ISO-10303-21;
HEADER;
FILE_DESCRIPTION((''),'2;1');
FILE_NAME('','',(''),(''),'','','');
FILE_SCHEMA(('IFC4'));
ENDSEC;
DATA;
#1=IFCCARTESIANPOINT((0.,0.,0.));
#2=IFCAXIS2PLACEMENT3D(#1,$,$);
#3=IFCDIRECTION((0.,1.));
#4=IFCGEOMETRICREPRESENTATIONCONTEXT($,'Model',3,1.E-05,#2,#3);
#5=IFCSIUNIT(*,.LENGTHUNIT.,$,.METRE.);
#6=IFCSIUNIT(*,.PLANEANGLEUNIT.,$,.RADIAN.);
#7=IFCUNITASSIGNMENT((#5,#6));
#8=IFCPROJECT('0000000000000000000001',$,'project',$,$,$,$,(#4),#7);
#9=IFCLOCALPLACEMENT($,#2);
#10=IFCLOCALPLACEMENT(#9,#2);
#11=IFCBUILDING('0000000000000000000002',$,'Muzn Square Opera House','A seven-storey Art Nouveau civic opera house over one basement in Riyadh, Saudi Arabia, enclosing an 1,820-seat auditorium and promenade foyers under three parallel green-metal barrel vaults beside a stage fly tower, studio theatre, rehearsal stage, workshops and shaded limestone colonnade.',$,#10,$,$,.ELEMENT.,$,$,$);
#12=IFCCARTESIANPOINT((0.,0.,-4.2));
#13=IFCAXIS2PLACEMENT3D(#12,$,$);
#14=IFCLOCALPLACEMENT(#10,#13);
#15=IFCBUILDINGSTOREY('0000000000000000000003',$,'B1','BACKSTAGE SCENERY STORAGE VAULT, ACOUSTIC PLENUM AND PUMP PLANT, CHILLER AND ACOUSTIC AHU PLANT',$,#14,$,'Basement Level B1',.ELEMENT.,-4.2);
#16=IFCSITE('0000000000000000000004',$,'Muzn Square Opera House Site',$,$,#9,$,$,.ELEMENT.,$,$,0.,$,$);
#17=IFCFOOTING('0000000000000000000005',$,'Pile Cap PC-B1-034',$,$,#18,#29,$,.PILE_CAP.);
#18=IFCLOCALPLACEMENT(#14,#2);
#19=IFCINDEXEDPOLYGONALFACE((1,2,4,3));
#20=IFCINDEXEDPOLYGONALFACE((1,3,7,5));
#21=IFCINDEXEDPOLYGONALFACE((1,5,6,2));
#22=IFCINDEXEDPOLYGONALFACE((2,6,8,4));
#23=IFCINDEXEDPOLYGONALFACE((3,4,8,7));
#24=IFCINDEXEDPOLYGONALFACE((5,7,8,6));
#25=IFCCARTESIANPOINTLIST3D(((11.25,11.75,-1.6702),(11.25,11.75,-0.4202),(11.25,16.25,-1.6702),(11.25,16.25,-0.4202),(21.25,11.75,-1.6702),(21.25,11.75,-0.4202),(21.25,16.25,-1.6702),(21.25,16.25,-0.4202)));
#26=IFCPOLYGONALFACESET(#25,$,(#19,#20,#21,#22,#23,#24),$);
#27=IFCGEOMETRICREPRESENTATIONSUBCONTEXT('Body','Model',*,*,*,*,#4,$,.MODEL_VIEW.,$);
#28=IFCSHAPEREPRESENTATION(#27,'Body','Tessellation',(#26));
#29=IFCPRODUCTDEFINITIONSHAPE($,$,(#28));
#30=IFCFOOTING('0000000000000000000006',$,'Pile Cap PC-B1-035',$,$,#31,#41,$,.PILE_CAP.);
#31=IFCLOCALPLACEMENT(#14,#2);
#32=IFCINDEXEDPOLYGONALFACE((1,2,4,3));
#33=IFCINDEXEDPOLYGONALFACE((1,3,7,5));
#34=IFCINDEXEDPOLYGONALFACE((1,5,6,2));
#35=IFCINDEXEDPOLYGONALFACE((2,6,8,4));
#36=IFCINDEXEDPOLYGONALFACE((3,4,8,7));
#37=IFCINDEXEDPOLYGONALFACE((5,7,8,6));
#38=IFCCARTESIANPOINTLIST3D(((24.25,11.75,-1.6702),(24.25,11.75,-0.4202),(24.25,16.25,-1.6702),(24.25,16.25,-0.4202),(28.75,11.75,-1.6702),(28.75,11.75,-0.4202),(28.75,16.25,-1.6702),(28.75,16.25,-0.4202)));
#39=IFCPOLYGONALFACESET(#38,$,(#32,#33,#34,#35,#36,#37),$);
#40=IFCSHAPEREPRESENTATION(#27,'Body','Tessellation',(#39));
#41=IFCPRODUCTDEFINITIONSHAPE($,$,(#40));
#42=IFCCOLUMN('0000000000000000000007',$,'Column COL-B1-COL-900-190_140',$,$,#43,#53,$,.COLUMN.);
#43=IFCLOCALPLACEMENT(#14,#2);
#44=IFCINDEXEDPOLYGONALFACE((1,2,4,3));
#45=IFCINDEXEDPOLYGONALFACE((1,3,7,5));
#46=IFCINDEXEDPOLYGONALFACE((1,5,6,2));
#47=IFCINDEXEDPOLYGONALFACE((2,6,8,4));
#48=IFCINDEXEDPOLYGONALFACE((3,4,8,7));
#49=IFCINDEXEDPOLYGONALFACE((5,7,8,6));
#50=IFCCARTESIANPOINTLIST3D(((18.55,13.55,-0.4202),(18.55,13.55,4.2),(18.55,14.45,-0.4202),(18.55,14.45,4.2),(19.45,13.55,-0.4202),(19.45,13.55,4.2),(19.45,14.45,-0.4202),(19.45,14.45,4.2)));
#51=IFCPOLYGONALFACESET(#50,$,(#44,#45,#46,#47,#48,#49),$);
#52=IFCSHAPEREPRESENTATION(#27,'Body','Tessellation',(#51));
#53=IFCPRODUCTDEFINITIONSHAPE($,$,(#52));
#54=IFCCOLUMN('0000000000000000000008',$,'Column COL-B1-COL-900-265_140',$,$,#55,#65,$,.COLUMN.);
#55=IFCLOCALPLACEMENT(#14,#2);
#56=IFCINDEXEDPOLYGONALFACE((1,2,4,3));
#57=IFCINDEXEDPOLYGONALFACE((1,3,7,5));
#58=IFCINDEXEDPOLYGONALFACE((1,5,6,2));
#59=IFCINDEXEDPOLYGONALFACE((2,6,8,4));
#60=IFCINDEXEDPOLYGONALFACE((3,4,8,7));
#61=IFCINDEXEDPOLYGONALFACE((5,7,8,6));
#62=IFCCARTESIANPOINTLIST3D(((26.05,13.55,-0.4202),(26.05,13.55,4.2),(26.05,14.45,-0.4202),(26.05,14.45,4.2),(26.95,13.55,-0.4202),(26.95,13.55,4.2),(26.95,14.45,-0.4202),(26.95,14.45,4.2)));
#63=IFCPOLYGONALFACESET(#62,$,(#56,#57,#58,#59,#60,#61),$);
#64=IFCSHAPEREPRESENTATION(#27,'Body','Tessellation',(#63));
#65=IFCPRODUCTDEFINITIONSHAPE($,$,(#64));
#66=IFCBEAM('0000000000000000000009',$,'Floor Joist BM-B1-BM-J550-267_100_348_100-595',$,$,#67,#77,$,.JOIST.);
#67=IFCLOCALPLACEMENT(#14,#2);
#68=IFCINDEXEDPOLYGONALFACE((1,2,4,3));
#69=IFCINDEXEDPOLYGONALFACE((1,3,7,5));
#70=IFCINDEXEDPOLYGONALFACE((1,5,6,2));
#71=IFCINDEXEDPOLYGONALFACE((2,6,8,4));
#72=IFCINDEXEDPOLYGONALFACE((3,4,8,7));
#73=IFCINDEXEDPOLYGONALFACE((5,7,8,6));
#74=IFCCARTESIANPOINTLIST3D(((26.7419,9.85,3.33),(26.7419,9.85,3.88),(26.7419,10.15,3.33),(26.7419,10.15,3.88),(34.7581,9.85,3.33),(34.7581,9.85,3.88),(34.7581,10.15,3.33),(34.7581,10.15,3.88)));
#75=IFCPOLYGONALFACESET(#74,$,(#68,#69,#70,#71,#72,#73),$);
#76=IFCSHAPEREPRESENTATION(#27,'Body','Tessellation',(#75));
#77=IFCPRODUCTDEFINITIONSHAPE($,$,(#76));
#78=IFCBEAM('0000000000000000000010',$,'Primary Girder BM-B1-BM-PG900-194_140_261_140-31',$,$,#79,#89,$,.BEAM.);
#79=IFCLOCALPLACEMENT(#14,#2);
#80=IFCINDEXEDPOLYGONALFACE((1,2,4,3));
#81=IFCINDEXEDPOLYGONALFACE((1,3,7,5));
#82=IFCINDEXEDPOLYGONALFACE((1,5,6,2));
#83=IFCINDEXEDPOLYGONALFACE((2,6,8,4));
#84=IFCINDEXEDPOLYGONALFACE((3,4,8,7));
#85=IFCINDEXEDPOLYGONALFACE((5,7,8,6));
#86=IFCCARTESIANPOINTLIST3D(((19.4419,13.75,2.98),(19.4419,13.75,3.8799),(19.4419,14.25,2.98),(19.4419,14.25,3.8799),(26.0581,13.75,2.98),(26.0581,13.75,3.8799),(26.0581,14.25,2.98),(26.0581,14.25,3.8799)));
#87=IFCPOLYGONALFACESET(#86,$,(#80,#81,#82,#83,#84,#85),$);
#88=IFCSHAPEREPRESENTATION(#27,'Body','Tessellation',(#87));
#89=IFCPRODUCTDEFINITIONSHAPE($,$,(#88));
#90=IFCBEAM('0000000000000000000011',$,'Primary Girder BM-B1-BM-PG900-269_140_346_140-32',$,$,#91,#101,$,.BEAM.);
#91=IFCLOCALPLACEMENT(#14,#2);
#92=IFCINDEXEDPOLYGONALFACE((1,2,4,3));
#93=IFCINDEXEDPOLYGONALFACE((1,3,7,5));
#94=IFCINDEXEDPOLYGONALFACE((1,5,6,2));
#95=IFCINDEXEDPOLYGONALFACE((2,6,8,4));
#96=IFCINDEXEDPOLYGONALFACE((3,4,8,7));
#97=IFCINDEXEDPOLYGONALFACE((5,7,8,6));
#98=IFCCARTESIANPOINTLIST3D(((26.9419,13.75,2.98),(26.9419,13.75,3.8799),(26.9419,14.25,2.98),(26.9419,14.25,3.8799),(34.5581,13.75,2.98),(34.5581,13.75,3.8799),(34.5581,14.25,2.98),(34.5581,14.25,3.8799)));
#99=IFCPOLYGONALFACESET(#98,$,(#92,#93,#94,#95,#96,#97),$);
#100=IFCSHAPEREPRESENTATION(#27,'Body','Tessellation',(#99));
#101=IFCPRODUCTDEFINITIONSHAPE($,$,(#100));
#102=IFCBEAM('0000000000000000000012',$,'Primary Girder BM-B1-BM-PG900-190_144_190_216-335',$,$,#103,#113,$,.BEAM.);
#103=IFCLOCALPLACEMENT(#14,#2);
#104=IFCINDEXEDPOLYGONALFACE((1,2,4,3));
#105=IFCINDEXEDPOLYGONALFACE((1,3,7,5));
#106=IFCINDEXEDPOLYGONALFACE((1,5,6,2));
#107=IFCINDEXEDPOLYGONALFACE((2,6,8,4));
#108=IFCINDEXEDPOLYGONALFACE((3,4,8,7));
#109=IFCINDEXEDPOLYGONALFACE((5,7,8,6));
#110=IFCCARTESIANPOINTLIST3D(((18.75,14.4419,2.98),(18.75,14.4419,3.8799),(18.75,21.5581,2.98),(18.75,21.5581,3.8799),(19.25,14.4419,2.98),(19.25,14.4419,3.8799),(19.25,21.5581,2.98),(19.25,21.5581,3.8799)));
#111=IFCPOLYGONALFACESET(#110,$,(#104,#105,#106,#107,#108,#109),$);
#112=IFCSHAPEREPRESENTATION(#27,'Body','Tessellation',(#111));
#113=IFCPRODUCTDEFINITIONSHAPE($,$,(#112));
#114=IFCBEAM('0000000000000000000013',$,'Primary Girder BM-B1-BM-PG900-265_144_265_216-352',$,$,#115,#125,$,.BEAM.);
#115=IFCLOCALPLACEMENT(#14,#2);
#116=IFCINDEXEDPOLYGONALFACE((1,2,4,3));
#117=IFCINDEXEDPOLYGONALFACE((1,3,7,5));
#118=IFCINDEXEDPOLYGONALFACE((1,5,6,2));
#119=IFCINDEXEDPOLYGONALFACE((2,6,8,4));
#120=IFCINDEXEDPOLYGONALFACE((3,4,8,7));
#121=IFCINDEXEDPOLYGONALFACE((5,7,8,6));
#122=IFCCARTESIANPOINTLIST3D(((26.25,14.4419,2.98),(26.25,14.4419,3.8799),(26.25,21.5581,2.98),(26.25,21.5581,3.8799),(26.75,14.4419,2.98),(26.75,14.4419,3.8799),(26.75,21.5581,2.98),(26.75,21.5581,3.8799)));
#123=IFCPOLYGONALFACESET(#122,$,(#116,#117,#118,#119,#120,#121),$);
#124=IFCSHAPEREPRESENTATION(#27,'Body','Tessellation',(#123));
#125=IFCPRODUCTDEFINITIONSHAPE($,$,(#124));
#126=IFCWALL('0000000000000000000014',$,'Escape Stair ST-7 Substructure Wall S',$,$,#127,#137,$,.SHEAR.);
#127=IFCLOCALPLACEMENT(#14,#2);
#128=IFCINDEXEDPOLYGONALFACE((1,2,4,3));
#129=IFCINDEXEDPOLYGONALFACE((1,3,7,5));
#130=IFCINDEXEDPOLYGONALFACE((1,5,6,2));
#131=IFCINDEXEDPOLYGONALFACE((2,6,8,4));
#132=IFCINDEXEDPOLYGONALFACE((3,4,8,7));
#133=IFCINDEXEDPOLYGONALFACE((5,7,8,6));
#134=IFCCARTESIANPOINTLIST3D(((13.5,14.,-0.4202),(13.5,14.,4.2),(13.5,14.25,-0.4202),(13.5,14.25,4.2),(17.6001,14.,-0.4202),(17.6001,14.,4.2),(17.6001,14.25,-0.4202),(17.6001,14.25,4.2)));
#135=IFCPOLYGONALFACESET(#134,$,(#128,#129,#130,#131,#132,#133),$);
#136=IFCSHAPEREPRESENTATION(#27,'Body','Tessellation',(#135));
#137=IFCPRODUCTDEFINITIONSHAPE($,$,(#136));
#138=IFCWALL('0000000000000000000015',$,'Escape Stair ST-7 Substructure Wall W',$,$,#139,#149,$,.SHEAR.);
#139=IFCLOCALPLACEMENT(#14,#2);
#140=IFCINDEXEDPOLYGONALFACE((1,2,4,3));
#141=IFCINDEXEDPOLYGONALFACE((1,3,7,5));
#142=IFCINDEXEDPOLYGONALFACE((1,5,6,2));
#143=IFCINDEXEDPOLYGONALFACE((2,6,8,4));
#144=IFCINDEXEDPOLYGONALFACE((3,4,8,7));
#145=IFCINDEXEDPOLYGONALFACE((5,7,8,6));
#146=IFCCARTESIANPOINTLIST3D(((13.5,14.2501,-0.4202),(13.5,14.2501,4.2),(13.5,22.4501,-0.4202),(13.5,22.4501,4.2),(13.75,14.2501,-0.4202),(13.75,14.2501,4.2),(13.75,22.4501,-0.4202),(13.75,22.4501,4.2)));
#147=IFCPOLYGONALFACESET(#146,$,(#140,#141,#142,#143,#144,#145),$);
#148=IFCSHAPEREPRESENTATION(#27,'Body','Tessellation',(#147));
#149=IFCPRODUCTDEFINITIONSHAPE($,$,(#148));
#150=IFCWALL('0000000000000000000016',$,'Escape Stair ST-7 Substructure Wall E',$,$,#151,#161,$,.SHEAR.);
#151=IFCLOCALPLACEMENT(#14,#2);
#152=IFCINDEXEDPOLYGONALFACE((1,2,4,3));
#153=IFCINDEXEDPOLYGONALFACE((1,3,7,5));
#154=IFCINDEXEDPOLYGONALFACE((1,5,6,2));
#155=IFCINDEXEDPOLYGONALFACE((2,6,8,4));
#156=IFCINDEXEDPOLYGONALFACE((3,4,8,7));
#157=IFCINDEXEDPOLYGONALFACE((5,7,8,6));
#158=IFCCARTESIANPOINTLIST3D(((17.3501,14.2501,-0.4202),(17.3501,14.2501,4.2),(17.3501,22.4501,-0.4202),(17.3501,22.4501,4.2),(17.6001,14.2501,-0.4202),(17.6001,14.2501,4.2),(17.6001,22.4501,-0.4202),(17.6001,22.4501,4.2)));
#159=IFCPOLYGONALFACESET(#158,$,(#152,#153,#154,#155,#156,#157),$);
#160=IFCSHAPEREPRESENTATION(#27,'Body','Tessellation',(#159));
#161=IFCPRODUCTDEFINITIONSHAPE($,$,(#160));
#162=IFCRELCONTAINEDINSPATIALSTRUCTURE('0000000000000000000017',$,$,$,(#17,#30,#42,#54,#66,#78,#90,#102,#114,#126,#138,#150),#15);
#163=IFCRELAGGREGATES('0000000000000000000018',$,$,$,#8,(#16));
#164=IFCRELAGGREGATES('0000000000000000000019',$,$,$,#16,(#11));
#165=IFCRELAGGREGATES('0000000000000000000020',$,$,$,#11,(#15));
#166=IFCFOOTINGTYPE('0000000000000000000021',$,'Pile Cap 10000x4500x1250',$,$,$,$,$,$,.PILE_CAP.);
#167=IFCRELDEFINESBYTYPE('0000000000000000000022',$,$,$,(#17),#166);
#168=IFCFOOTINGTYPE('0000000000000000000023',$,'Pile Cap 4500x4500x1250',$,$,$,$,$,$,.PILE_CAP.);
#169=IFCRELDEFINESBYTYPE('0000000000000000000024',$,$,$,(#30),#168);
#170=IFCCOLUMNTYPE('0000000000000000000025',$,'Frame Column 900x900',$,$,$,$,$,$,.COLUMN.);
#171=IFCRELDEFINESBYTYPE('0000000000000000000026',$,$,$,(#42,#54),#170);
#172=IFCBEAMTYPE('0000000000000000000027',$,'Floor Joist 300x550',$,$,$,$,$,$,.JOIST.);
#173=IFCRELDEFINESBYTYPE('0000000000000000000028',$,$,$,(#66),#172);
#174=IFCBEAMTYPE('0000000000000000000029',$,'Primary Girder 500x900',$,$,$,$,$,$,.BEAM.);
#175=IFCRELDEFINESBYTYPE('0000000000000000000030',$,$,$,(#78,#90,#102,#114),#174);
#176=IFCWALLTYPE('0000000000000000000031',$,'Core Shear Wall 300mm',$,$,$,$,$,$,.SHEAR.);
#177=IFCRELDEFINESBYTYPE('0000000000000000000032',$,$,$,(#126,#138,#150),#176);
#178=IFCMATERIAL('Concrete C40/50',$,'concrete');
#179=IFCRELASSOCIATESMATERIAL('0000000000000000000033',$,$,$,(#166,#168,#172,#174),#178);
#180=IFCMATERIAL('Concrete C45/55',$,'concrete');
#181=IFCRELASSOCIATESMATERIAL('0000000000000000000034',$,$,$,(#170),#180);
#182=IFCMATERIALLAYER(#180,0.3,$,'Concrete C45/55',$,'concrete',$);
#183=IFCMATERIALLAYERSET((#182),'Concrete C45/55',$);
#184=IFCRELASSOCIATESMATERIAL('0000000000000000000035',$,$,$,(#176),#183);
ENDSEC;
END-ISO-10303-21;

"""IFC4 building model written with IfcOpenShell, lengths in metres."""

from ifc_helpers import new_model, si_unit, direction, frame, frame_2d, origin, origin_2d, place, context, subcontext, project, spatial, rectangle, extrude, material, layer, layer_set, material_profile, profile_set, type_object, element, save


model = new_model("IFC4")

# Units and contexts
model_context = context("Model", 3, precision=1e-05, world=origin(), true_north=direction((0.0, 1.0)))
body_context = subcontext(model_context, "Body", "Model", "MODEL_VIEW")
ifc_project = project(units=[si_unit("LENGTHUNIT", "METRE"), si_unit("PLANEANGLEUNIT", "RADIAN")], contexts=[model_context])

# Site, building, storey
site_placement = place(None, origin())
site = spatial("IfcSite", under=ifc_project, at=site_placement, Name="Muzn Square Opera House Site", CompositionType="ELEMENT", RefElevation=0.0)
building_placement = place(site_placement, origin())
building = spatial("IfcBuilding", under=site, at=building_placement, Name="Muzn Square Opera House", Description="A seven-storey Art Nouveau civic opera house over one basement in Riyadh, Saudi Arabia, enclosing an 1,820-seat auditorium and promenade foyers under three parallel green-metal barrel vaults beside a stage fly tower, studio theatre, rehearsal stage, workshops and shaded limestone colonnade.", CompositionType="ELEMENT")
storey_placement = place(building_placement, frame((0.0, 0.0, -4.2)))
storey = spatial("IfcBuildingStorey", under=building, at=storey_placement, Name="B1", Description="BACKSTAGE SCENERY STORAGE VAULT, ACOUSTIC PLENUM AND PUMP PLANT, CHILLER AND ACOUSTIC AHU PLANT", LongName="Basement Level B1", CompositionType="ELEMENT", Elevation=-4.2)

# Shared definitions
ifc_material_1 = material(Name="Concrete C40/50", Category="concrete")

# Footings
footing_type_1 = type_object("IfcFootingType", Name="Pile Cap 10000x4500x1250", PredefinedType="PILE_CAP", material=ifc_material_1)
footing_1_placement = place(storey_placement, frame((16.25, 14.0, -1.6702), z_axis=(0.0, 0.0, 1.0), x_axis=(1.0, 0.0, 0.0)))
element("IfcFooting", 1, at=footing_1_placement, inside=storey, type_object=footing_type_1, Name="Pile Cap PC-B1-034", PredefinedType="PILE_CAP", context=body_context, shape_type="SweptSolid", body=[
    extrude(rectangle(XDim=10.0, YDim=4.5, at=origin_2d()), origin(), (0.0, 0.0, 1.0), 1.25),
])
footing_type_2 = type_object("IfcFootingType", Name="Pile Cap 4500x4500x1250", PredefinedType="PILE_CAP", material=ifc_material_1)
footing_2_placement = place(storey_placement, frame((26.5, 14.0, -1.6702), z_axis=(0.0, 0.0, 1.0), x_axis=(1.0, 0.0, 0.0)))
element("IfcFooting", 2, at=footing_2_placement, inside=storey, type_object=footing_type_2, Name="Pile Cap PC-B1-035", PredefinedType="PILE_CAP", context=body_context, shape_type="SweptSolid", body=[
    extrude(rectangle(XDim=4.5, YDim=4.5, at=origin_2d()), origin(), (0.0, 0.0, 1.0), 1.25),
])

# Columns
ifc_material_2 = material(Name="Concrete C45/55", Category="concrete")
ifc_material_profile_1 = material_profile(ifc_material_2, rectangle(XDim=0.8999, YDim=0.8999, at=origin_2d()), Name="RC 900x900", Category="concrete")
ifc_profile_set_1 = profile_set([ifc_material_profile_1], Name="Concrete C45/55")
column_type = type_object("IfcColumnType", Name="Frame Column 900x900", PredefinedType="COLUMN", material=ifc_profile_set_1)
for number, where, z_axis, x_axis, name in (
    (3, (19.0, 14.0, -0.4202), (0.0, 0.0, 1.0), (1.0, 0.0, 0.0), "Column COL-B1-COL-900-190_140"),
    (4, (26.5, 14.0, -0.4202), (0.0, 0.0, 1.0), (1.0, 0.0, 0.0), "Column COL-B1-COL-900-265_140"),
):
    element("IfcColumn", number, at=place(storey_placement, frame(where, z_axis=z_axis, x_axis=x_axis)), inside=storey, type_object=column_type, Name=name, PredefinedType="COLUMN", context=body_context, shape_type="SweptSolid", body=[
        extrude(rectangle(XDim=0.8999, YDim=0.8999, at=origin_2d()), origin(), (0.0, 0.0, 1.0), 4.6201),
    ])

# Beams
ifc_material_profile_2 = material_profile(ifc_material_1, rectangle(XDim=0.3, YDim=0.55, at=origin_2d()), Name="RCJ 300x550", Category="concrete")
ifc_profile_set_2 = profile_set([ifc_material_profile_2], Name="Concrete C40/50")
beam_type_1 = type_object("IfcBeamType", Name="Floor Joist 300x550", PredefinedType="JOIST", material=ifc_profile_set_2)
beam_1_placement = place(storey_placement, frame((26.7419, 10.0, 3.605), z_axis=(1.0, 0.0, 0.0), x_axis=(0.0, 1.0, 0.0)))
element("IfcBeam", 5, at=beam_1_placement, inside=storey, type_object=beam_type_1, Name="Floor Joist BM-B1-BM-J550-267_100_348_100-595", PredefinedType="JOIST", context=body_context, shape_type="SweptSolid", body=[
    extrude(rectangle(XDim=0.3, YDim=0.55, at=origin_2d()), origin(), (0.0, 0.0, 1.0), 8.0161),
])
ifc_material_profile_3 = material_profile(ifc_material_1, rectangle(XDim=0.5, YDim=0.8999, at=origin_2d()), Name="RCB 500x900", Category="concrete")
ifc_profile_set_3 = profile_set([ifc_material_profile_3], Name="Concrete C40/50")
beam_type_2 = type_object("IfcBeamType", Name="Primary Girder 500x900", PredefinedType="BEAM", material=ifc_profile_set_3)
beam_2_placement = place(storey_placement, frame((19.4419, 14.0, 3.4299), z_axis=(1.0, 0.0, 0.0), x_axis=(0.0, 1.0, 0.0)))
element("IfcBeam", 6, at=beam_2_placement, inside=storey, type_object=beam_type_2, Name="Primary Girder BM-B1-BM-PG900-194_140_261_140-31", PredefinedType="BEAM", context=body_context, shape_type="SweptSolid", body=[
    extrude(rectangle(XDim=0.5, YDim=0.8999, at=origin_2d()), origin(), (0.0, 0.0, 1.0), 6.6162),
])
beam_3_placement = place(storey_placement, frame((26.9419, 14.0, 3.4299), z_axis=(1.0, 0.0, 0.0), x_axis=(0.0, 1.0, 0.0)))
element("IfcBeam", 7, at=beam_3_placement, inside=storey, type_object=beam_type_2, Name="Primary Girder BM-B1-BM-PG900-269_140_346_140-32", PredefinedType="BEAM", context=body_context, shape_type="SweptSolid", body=[
    extrude(rectangle(XDim=0.5, YDim=0.8999, at=origin_2d()), origin(), (0.0, 0.0, 1.0), 7.6162),
])
for number, where, z_axis, x_axis, name in (
    (8, (19.0, 14.4419, 3.4299), (0.0, 1.0, 0.0), (-1.0, 0.0, 0.0), "Primary Girder BM-B1-BM-PG900-190_144_190_216-335"),
    (9, (26.5, 14.4419, 3.4299), (0.0, 1.0, 0.0), (-1.0, 0.0, 0.0), "Primary Girder BM-B1-BM-PG900-265_144_265_216-352"),
):
    element("IfcBeam", number, at=place(storey_placement, frame(where, z_axis=z_axis, x_axis=x_axis)), inside=storey, type_object=beam_type_2, Name=name, PredefinedType="BEAM", context=body_context, shape_type="SweptSolid", body=[
        extrude(rectangle(XDim=0.5, YDim=0.8999, at=origin_2d()), origin(), (0.0, 0.0, 1.0), 7.1162),
    ])

# Walls
ifc_layer = layer(ifc_material_2, 0.3, Name="Concrete C45/55", Category="concrete")
ifc_layer_set = layer_set([ifc_layer], Name="Concrete C45/55")
wall_type = type_object("IfcWallType", Name="Core Shear Wall 300mm", PredefinedType="SHEAR", material=ifc_layer_set)
wall_placement = place(storey_placement, frame((13.5, 14.125, -0.4202), z_axis=(0.0, 0.0, 1.0), x_axis=(1.0, 0.0, 0.0)))
element("IfcWall", 10, at=wall_placement, inside=storey, type_object=wall_type, Name="Escape Stair ST-7 Substructure Wall S", PredefinedType="SHEAR", context=body_context, shape_type="SweptSolid", body=[
    extrude(rectangle(XDim=4.1001, YDim=0.25, at=frame_2d((2.05, 0.0))), origin(), (0.0, 0.0, 1.0), 4.6201),
])
for number, where, z_axis, x_axis, name in (
    (11, (13.625, 14.25, -0.4202), (0.0, 0.0, 1.0), (0.0, 1.0, 0.0), "Escape Stair ST-7 Substructure Wall W"),
    (12, (17.4751, 14.25, -0.4202), (0.0, 0.0, 1.0), (0.0, 1.0, 0.0), "Escape Stair ST-7 Substructure Wall E"),
):
    element("IfcWall", number, at=place(storey_placement, frame(where, z_axis=z_axis, x_axis=x_axis)), inside=storey, type_object=wall_type, Name=name, PredefinedType="SHEAR", context=body_context, shape_type="SweptSolid", body=[
        extrude(rectangle(XDim=8.2, YDim=0.25, at=frame_2d((4.1001, 0.0))), origin(), (0.0, 0.0, 1.0), 4.6201),
    ])

save(model, "model.ifc")
